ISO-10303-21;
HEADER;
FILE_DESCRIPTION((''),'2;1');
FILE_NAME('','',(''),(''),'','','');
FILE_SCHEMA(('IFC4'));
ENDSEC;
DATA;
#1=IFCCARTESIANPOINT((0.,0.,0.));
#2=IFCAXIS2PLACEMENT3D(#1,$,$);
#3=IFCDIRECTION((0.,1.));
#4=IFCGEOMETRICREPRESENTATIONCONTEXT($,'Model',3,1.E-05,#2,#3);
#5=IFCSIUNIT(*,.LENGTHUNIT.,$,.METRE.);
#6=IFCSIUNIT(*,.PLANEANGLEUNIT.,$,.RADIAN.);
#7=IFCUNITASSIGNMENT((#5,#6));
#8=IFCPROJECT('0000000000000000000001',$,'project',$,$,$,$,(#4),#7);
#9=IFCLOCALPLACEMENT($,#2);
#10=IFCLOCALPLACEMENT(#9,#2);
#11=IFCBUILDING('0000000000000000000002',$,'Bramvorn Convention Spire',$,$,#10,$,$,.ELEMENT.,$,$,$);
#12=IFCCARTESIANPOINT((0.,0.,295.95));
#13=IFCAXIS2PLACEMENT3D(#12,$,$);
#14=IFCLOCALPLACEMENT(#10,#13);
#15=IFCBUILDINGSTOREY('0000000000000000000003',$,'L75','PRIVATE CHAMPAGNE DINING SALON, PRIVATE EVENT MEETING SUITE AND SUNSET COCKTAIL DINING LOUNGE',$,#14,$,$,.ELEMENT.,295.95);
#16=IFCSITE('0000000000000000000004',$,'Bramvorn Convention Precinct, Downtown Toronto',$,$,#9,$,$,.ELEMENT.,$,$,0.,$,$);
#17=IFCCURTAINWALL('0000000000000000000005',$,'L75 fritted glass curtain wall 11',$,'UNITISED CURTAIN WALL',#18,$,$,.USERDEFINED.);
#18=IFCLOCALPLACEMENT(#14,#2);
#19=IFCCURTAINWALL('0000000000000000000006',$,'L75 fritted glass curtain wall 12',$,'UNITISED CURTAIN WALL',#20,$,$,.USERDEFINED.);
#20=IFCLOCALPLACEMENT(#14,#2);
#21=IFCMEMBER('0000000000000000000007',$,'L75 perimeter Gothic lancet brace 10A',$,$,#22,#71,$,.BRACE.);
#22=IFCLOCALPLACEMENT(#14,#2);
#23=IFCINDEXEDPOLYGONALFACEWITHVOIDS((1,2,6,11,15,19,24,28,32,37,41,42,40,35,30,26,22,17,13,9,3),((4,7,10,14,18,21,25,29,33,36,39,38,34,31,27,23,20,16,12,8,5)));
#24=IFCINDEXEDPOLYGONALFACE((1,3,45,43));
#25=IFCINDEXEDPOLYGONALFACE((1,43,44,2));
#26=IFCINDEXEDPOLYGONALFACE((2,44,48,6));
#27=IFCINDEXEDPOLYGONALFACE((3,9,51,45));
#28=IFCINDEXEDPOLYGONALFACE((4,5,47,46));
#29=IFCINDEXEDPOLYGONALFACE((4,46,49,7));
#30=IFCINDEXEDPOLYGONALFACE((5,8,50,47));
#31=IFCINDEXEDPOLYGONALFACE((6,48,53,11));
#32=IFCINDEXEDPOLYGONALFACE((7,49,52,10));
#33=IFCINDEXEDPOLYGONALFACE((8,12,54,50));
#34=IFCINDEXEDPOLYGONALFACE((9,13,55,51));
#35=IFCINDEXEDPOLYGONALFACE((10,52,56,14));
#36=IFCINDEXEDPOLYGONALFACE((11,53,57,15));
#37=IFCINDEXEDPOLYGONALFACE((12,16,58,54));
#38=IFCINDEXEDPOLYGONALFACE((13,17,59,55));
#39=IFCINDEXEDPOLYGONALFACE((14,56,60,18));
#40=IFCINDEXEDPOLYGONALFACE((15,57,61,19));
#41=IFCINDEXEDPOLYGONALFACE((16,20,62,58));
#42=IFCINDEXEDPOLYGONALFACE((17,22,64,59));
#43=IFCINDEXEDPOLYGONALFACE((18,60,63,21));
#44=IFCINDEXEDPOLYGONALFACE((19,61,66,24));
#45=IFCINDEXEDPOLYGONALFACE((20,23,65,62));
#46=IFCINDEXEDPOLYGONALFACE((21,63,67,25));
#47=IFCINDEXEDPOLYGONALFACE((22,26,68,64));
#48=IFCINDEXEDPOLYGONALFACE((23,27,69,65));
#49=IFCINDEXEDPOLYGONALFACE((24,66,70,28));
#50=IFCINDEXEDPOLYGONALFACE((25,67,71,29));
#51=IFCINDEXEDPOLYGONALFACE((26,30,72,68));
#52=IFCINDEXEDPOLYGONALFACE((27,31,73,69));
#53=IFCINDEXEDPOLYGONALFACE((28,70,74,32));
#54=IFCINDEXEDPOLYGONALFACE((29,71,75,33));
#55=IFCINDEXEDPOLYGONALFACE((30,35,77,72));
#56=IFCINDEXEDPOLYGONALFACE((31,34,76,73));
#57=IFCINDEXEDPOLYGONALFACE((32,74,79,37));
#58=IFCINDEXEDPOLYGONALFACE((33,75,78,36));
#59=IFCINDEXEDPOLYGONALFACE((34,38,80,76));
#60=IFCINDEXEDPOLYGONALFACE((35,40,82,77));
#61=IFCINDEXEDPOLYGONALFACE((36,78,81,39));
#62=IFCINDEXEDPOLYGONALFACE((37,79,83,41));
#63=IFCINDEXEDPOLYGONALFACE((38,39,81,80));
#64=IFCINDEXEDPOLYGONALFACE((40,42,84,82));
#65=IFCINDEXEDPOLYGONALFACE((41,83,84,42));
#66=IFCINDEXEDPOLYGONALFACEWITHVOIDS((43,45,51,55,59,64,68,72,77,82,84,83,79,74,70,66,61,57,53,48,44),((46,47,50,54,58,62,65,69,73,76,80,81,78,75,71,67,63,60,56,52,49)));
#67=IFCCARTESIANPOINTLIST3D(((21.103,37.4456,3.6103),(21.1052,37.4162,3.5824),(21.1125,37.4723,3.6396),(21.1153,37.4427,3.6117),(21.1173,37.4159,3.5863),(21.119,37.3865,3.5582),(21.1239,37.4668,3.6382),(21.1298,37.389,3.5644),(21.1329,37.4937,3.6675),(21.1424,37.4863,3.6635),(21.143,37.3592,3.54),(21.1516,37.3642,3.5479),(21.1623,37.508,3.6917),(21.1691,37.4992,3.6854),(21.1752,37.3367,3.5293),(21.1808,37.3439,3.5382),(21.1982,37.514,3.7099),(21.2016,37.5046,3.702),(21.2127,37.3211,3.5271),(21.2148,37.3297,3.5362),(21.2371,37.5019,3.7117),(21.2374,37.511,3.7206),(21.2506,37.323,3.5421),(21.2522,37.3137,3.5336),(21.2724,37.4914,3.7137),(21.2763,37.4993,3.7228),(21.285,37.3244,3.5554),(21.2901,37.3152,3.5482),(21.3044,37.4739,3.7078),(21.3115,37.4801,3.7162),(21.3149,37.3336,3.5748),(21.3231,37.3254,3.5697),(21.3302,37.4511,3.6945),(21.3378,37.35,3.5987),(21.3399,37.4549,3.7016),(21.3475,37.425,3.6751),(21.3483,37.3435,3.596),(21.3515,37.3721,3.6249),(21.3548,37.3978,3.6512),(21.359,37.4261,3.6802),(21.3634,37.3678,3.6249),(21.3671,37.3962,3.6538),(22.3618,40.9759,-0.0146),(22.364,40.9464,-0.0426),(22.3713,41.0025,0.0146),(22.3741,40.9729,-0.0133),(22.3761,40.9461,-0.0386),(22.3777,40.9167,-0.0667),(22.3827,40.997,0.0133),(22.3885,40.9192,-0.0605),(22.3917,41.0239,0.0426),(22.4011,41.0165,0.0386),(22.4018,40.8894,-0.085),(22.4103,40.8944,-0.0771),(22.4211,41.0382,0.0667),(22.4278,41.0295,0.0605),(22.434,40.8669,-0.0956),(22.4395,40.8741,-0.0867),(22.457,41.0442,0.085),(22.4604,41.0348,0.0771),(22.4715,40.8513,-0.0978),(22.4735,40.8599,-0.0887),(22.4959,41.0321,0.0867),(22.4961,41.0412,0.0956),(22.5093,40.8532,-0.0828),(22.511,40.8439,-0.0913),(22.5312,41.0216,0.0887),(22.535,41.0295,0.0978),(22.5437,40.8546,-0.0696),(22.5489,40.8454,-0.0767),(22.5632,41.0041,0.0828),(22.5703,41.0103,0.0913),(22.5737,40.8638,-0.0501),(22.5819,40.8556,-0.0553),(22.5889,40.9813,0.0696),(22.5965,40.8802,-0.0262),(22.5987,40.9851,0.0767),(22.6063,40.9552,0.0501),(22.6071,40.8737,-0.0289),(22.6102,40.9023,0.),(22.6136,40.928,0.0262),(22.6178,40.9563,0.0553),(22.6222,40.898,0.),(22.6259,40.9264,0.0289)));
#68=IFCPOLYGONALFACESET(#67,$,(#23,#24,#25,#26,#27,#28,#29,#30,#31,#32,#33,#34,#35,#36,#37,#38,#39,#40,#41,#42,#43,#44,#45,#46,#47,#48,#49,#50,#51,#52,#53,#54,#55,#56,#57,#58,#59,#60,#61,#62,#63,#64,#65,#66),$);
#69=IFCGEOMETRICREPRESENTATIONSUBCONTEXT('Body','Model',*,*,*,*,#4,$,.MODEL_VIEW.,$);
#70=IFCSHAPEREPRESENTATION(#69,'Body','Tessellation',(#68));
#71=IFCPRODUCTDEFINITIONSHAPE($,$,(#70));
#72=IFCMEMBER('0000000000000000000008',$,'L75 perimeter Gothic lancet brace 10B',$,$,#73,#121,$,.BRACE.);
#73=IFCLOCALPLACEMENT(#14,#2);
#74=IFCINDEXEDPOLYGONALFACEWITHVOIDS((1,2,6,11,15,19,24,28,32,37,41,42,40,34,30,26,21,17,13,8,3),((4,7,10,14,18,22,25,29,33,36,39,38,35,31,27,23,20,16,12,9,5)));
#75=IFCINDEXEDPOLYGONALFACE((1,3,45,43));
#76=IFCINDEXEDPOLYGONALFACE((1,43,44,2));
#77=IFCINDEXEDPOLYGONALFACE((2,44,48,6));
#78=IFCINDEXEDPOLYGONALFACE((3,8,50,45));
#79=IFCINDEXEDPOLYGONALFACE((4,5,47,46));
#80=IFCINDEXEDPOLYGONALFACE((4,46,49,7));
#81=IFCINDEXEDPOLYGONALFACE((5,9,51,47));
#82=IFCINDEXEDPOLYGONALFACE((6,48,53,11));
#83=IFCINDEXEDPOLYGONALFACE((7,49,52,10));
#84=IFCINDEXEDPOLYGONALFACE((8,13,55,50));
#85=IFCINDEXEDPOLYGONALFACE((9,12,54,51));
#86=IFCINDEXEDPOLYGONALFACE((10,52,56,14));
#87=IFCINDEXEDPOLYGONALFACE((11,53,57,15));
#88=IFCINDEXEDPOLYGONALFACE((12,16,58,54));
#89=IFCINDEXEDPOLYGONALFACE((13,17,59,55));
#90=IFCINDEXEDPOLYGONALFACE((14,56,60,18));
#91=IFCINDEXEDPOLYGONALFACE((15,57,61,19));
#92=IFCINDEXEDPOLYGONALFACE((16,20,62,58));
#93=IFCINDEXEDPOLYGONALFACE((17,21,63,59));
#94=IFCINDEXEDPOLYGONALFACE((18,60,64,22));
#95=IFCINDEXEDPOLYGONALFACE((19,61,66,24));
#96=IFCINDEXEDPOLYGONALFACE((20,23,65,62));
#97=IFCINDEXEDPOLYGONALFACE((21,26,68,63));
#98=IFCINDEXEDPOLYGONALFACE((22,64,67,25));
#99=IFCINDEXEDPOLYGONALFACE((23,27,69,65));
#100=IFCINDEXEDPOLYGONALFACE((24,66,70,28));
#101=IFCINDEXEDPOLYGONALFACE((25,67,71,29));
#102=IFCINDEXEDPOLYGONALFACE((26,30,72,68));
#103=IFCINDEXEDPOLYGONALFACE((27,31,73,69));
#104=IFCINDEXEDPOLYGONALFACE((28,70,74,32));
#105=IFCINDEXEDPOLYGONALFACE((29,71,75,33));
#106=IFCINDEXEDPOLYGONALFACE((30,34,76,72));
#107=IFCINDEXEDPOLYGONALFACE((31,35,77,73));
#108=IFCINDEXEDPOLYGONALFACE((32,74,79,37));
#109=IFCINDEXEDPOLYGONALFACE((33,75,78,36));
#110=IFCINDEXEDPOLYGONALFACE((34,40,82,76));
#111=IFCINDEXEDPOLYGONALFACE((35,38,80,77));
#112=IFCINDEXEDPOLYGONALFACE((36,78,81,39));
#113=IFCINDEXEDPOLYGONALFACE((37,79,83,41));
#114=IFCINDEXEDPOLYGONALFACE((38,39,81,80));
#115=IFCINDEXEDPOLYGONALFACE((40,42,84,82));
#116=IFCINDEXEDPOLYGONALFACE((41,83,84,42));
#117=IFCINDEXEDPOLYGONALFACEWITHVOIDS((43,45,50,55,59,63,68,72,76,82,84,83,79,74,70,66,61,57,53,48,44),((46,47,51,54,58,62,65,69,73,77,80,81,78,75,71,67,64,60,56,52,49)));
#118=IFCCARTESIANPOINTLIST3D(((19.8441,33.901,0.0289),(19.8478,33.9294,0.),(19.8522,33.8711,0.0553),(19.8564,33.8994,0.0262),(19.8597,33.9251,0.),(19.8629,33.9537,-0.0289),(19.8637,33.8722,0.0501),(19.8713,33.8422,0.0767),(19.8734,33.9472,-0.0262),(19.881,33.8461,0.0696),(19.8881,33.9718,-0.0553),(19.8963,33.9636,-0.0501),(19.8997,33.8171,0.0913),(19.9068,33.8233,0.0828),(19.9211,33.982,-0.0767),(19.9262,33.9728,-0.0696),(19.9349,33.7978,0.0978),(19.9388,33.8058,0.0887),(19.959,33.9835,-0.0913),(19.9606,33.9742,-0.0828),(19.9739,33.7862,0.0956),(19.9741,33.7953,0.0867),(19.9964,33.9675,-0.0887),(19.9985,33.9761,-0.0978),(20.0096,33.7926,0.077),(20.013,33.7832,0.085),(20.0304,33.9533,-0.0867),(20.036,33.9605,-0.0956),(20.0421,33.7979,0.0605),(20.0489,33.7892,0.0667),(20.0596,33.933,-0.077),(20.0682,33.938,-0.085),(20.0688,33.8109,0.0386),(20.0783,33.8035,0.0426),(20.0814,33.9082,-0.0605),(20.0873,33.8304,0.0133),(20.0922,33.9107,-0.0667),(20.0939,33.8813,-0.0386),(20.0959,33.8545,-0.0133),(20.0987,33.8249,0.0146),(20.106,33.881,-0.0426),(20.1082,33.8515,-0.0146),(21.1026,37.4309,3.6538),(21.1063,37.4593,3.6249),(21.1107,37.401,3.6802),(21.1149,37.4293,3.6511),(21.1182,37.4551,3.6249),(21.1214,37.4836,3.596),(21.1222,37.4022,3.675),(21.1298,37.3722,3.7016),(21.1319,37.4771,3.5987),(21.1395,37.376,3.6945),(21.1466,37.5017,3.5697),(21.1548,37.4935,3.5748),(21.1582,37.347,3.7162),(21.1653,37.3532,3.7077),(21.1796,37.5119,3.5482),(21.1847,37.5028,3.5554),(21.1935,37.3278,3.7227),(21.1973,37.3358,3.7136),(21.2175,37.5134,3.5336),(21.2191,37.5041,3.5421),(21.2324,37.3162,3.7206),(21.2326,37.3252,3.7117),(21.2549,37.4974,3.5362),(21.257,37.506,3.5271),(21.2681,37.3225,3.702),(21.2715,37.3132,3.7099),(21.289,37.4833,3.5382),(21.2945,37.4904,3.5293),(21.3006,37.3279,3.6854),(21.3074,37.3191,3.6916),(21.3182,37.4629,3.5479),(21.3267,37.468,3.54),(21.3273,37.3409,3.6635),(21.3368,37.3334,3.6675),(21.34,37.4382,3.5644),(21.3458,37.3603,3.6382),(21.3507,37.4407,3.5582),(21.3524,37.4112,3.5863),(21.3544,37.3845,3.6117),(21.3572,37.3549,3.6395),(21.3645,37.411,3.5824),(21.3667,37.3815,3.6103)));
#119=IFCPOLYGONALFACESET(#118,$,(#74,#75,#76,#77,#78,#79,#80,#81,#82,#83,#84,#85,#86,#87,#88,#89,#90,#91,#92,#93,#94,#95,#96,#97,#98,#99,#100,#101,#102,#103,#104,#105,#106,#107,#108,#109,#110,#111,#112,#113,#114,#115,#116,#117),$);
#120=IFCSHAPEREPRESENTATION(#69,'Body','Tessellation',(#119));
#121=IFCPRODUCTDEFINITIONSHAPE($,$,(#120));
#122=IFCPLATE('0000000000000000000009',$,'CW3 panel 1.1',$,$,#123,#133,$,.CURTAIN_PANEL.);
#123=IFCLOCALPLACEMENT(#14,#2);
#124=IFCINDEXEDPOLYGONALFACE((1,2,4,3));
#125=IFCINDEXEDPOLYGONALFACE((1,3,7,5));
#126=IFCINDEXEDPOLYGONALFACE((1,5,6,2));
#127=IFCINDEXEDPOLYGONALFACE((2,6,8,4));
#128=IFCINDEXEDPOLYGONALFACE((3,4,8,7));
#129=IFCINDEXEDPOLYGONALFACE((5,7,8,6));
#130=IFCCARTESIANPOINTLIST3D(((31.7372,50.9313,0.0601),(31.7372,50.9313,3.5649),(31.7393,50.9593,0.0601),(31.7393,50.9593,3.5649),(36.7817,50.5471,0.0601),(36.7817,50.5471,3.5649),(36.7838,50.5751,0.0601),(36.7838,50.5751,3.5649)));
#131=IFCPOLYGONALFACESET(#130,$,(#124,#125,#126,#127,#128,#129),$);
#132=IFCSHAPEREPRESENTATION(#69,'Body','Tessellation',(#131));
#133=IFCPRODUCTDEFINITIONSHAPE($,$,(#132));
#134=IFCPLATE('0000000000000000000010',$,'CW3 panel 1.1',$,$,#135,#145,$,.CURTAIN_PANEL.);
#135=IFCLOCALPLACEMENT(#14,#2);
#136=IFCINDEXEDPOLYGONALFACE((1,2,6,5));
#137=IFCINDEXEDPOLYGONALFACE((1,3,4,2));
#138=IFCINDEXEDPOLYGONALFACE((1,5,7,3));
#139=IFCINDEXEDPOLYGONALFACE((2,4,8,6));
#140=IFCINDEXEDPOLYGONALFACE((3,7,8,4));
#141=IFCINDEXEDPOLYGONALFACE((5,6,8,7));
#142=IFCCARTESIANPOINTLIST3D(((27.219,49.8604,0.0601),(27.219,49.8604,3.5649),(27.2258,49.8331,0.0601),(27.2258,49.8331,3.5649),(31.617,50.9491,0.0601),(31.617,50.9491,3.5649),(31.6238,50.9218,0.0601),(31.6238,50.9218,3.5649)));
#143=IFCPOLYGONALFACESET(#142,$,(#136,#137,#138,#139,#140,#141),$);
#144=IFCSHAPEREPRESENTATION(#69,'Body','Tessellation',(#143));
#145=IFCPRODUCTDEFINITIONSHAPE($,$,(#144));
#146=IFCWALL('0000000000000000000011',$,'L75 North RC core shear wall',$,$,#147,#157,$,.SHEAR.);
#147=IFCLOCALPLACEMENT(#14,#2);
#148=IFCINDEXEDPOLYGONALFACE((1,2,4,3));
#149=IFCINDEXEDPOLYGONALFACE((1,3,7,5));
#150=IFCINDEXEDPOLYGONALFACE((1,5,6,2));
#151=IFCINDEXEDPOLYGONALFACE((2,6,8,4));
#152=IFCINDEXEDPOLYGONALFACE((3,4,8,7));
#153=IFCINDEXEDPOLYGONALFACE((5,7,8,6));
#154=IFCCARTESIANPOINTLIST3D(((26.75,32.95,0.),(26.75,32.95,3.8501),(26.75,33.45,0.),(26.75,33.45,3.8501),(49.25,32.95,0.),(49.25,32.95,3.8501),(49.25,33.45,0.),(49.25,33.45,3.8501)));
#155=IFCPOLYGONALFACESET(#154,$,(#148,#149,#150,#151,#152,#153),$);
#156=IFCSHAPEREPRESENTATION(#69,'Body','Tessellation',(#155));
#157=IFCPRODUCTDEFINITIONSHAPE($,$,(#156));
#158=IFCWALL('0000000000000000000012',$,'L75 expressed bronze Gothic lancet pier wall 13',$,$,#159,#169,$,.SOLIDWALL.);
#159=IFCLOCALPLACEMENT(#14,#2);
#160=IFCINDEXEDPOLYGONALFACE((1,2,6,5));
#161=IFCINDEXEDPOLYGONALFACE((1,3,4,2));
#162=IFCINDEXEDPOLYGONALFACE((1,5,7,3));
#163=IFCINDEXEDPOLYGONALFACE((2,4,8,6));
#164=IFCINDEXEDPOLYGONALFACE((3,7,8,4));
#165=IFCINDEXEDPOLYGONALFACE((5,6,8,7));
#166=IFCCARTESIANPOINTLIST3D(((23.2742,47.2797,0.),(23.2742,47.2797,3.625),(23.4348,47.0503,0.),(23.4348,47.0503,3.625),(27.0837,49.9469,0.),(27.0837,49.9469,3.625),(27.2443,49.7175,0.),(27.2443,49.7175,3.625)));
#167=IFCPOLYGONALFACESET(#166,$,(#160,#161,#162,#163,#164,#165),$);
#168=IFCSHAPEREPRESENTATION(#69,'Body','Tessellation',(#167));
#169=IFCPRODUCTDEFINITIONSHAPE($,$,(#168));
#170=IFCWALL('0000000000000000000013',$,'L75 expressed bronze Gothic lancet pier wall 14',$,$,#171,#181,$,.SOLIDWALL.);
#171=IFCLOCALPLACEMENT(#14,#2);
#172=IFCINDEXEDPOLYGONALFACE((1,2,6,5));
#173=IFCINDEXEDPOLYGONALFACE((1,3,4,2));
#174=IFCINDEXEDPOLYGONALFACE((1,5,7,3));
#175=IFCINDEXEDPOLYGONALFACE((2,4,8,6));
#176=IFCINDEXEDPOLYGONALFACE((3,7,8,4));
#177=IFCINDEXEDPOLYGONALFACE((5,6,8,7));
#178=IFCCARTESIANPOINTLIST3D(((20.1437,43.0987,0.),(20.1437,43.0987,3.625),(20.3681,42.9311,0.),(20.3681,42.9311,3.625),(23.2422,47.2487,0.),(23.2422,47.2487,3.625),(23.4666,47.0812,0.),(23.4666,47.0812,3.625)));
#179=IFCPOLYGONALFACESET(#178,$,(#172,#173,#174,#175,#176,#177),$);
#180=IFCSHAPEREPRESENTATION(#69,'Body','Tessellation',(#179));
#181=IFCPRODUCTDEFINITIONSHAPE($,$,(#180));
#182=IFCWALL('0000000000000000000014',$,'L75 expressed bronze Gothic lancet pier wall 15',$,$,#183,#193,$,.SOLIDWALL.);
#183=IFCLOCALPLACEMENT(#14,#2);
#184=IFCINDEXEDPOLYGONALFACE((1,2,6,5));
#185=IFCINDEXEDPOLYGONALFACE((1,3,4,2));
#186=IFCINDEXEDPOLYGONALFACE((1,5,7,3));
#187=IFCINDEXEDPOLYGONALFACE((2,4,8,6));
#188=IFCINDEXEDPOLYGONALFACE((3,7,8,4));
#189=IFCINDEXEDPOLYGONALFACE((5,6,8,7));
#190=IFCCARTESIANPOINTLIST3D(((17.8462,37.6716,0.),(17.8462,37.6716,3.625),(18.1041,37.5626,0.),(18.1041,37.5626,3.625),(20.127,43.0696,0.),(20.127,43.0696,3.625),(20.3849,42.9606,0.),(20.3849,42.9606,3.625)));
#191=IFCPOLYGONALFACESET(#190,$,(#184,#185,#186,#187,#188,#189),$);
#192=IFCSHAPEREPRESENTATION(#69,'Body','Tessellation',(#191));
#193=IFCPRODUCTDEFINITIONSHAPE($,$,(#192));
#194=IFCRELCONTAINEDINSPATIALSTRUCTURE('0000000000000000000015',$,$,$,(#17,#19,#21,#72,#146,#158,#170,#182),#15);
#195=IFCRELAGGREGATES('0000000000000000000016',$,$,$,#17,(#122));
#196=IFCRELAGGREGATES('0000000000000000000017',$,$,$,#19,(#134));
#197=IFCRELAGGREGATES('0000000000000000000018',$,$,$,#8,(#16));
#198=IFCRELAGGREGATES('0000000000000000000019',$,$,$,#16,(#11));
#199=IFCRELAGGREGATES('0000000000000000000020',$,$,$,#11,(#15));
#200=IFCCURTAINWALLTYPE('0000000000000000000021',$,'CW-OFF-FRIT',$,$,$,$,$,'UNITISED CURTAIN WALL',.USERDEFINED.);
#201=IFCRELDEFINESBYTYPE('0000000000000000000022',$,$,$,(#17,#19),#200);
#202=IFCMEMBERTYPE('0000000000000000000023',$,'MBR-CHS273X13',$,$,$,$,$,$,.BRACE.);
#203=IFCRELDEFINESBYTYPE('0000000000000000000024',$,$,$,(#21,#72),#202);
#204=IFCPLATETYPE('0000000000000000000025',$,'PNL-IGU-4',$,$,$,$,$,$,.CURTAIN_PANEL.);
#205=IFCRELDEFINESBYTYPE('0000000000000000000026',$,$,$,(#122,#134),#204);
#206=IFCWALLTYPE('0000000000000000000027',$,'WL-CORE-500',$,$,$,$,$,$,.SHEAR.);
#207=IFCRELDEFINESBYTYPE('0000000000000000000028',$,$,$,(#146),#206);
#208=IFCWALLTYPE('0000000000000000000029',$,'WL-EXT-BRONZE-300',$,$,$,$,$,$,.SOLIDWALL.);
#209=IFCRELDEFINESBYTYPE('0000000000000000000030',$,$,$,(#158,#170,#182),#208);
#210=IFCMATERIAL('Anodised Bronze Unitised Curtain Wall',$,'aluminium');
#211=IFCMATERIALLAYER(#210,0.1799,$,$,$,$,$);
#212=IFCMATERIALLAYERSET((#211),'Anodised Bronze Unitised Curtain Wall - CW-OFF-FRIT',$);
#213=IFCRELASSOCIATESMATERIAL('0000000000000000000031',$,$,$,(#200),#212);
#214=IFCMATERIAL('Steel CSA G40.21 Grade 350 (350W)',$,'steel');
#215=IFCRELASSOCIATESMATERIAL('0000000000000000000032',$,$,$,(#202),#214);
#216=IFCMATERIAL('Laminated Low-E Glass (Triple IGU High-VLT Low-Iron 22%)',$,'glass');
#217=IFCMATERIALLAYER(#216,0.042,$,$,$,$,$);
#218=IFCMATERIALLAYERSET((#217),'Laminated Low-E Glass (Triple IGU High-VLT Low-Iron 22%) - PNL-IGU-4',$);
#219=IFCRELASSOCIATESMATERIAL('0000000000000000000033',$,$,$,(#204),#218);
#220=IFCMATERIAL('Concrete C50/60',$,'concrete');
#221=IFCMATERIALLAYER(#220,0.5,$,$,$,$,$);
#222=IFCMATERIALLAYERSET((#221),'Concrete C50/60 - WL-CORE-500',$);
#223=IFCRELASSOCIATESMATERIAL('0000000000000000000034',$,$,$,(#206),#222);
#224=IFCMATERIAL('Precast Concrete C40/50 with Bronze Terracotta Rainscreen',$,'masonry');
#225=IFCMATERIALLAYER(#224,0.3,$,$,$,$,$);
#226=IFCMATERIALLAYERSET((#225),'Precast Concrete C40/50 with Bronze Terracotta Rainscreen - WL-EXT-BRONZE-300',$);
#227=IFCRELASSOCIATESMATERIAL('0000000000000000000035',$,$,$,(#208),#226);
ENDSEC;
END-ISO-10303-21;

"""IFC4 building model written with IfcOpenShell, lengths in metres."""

from ifc_helpers import new_model, si_unit, direction, frame, frame_2d, origin, origin_2d, place, context, subcontext, project, spatial, rectangle, hollow_circle, extrude, material, layer, layer_set, material_profile, profile_set, type_object, element, aggregate, save


model = new_model("IFC4")

# Units and contexts
model_context = context("Model", 3, precision=1e-05, world=origin(), true_north=direction((0.0, 1.0)))
body_context = subcontext(model_context, "Body", "Model", "MODEL_VIEW")
ifc_project = project(units=[si_unit("LENGTHUNIT", "METRE"), si_unit("PLANEANGLEUNIT", "RADIAN")], contexts=[model_context])

# Site, building, storey
site_placement = place(None, origin())
site = spatial("IfcSite", under=ifc_project, at=site_placement, Name="Bramvorn Convention Precinct, Downtown Toronto", CompositionType="ELEMENT", RefElevation=0.0)
building_placement = place(site_placement, origin())
building = spatial("IfcBuilding", under=site, at=building_placement, Name="Bramvorn Convention Spire", CompositionType="ELEMENT")
storey_placement = place(building_placement, frame((0.0, 0.0, 295.95)))
storey = spatial("IfcBuildingStorey", under=building, at=storey_placement, Name="L75", Description="PRIVATE CHAMPAGNE DINING SALON, PRIVATE EVENT MEETING SUITE AND SUNSET COCKTAIL DINING LOUNGE", CompositionType="ELEMENT", Elevation=295.95)

# Shared definitions
ifc_material_1 = material(Name="Steel CSA G40.21 Grade 350 (350W)", Category="steel")

# Curtain wall
ifc_material_2 = material(Name="Anodised Bronze Unitised Curtain Wall", Category="aluminium")
ifc_layer_1 = layer(ifc_material_2, 0.1799)
ifc_layer_set_1 = layer_set([ifc_layer_1], Name="Anodised Bronze Unitised Curtain Wall - CW-OFF-FRIT")
curtain_wall_type = type_object("IfcCurtainWallType", Name="CW-OFF-FRIT", ElementType="UNITISED CURTAIN WALL", PredefinedType="USERDEFINED", material=ifc_layer_set_1)
curtain_wall_1_placement = place(storey_placement, origin())
curtain_wall_1 = element("IfcCurtainWall", 1, at=curtain_wall_1_placement, inside=storey, type_object=curtain_wall_type, Name="L75 fritted glass curtain wall 11", ObjectType="UNITISED CURTAIN WALL", PredefinedType="USERDEFINED")

# Curtain wall
curtain_wall_2_placement = place(storey_placement, origin())
curtain_wall_2 = element("IfcCurtainWall", 2, at=curtain_wall_2_placement, inside=storey, type_object=curtain_wall_type, Name="L75 fritted glass curtain wall 12", ObjectType="UNITISED CURTAIN WALL", PredefinedType="USERDEFINED")

# Members
ifc_material_profile_1 = material_profile(ifc_material_1, hollow_circle(Radius=0.1365, WallThickness=0.0127, at=origin_2d()))
ifc_profile_set_1 = profile_set([ifc_material_profile_1], Name="Steel CSA G40.21 Grade 350 (350W) - CHS273X13")
member_type_1 = type_object("IfcMemberType", Name="MBR-CHS273X13", PredefinedType="BRACE", material=ifc_profile_set_1)
member_1_placement = place(storey_placement, frame((22.4937, 40.9438, 0.0), z_axis=(-0.241415, -0.677048, 0.695215), x_axis=(0.941913, -0.335858, 0.0)))
element("IfcMember", 3, at=member_1_placement, inside=storey, type_object=member_type_1, Name="L75 perimeter Gothic lancet brace 10A", PredefinedType="BRACE", context=body_context, shape_type="SweptSolid", body=[
    extrude(hollow_circle(Radius=0.1365, WallThickness=0.0127, at=origin_2d()), origin(), (0.0, 0.0, 1.0), 5.2141),
])
member_2_placement = place(storey_placement, frame((19.9763, 33.8835, 0.0), z_axis=(0.241379, 0.677031, 0.695245), x_axis=(-0.941926, 0.33582, 0.0)))
element("IfcMember", 4, at=member_2_placement, inside=storey, type_object=member_type_1, Name="L75 perimeter Gothic lancet brace 10B", PredefinedType="BRACE", context=body_context, shape_type="SweptSolid", body=[
    extrude(hollow_circle(Radius=0.1365, WallThickness=0.0127, at=origin_2d()), origin(), (0.0, 0.0, 1.0), 5.2139),
])

# Plates
ifc_material_3 = material(Name="Laminated Low-E Glass (Triple IGU High-VLT Low-Iron 22%)", Category="glass")
ifc_layer_2 = layer(ifc_material_3, 0.042)
ifc_layer_set_2 = layer_set([ifc_layer_2], Name="Laminated Low-E Glass (Triple IGU High-VLT Low-Iron 22%) - PNL-IGU-4")
plate_type = type_object("IfcPlateType", Name="PNL-IGU-4", PredefinedType="CURTAIN_PANEL", material=ifc_layer_set_2)
plate_1_placement = place(storey_placement, frame((34.2605, 50.7532, 0.0601), z_axis=(0.0, 0.0, 1.0), x_axis=(0.997112, -0.075939, 0.0)))
plate_1 = element("IfcPlate", 5, at=plate_1_placement, type_object=plate_type, Name="CW3 panel 1.1", PredefinedType="CURTAIN_PANEL", context=body_context, shape_type="SweptSolid", body=[
    extrude(rectangle(XDim=5.0591, YDim=0.0281, at=origin_2d()), origin(), (0.0, 0.0, 1.0), 3.5049),
])
aggregate(curtain_wall_1, [plate_1])
plate_2_placement = place(storey_placement, frame((29.4214, 50.3911, 0.0601), z_axis=(0.0, 0.0, 1.0), x_axis=(0.970701, 0.240289, 0.0)))
plate_2 = element("IfcPlate", 6, at=plate_2_placement, type_object=plate_type, Name="CW3 panel 1.1", PredefinedType="CURTAIN_PANEL", context=body_context, shape_type="SweptSolid", body=[
    extrude(rectangle(XDim=4.5308, YDim=0.0281, at=origin_2d()), origin(), (0.0, 0.0, 1.0), 3.5049),
])
aggregate(curtain_wall_2, [plate_2])

# Walls
ifc_material_4 = material(Name="Concrete C50/60", Category="concrete")
ifc_layer_3 = layer(ifc_material_4, 0.5)
ifc_layer_set_3 = layer_set([ifc_layer_3], Name="Concrete C50/60 - WL-CORE-500")
wall_type_1 = type_object("IfcWallType", Name="WL-CORE-500", PredefinedType="SHEAR", material=ifc_layer_set_3)
wall_1_placement = place(storey_placement, frame((26.75, 33.2, 0.0), z_axis=(0.0, 0.0, 1.0), x_axis=(1.0, 0.0, 0.0)))
element("IfcWall", 7, at=wall_1_placement, inside=storey, type_object=wall_type_1, Name="L75 North RC core shear wall", PredefinedType="SHEAR", context=body_context, shape_type="SweptSolid", body=[
    extrude(rectangle(XDim=22.5, YDim=0.5, at=frame_2d((11.25, 0.0))), origin(), (0.0, 0.0, 1.0), 3.8501),
])
ifc_material_5 = material(Name="Precast Concrete C40/50 with Bronze Terracotta Rainscreen", Category="masonry")
ifc_layer_4 = layer(ifc_material_5, 0.3)
ifc_layer_set_4 = layer_set([ifc_layer_4], Name="Precast Concrete C40/50 with Bronze Terracotta Rainscreen - WL-EXT-BRONZE-300")
wall_type_2 = type_object("IfcWallType", Name="WL-EXT-BRONZE-300", PredefinedType="SOLIDWALL", material=ifc_layer_set_4)
wall_2_placement = place(storey_placement, frame((23.3545, 47.165, 0.0), z_axis=(0.0, 0.0, 1.0), x_axis=(0.819178, 0.57354, 0.0)))
element("IfcWall", 8, at=wall_2_placement, inside=storey, type_object=wall_type_2, Name="L75 expressed bronze Gothic lancet pier wall 13", PredefinedType="SOLIDWALL", context=body_context, shape_type="SweptSolid", body=[
    extrude(rectangle(XDim=4.6504, YDim=0.28, at=frame_2d((2.3252, 0.0))), origin(), (0.0, 0.0, 1.0), 3.625),
])
wall_3_placement = place(storey_placement, frame((20.2559, 43.0149, 0.0), z_axis=(0.0, 0.0, 1.0), x_axis=(0.598271, 0.801293, 0.0)))
element("IfcWall", 9, at=wall_3_placement, inside=storey, type_object=wall_type_2, Name="L75 expressed bronze Gothic lancet pier wall 14", PredefinedType="SOLIDWALL", context=body_context, shape_type="SweptSolid", body=[
    extrude(rectangle(XDim=5.1792, YDim=0.28, at=frame_2d((2.5896, 0.0))), origin(), (0.0, 0.0, 1.0), 3.625),
])
wall_4_placement = place(storey_placement, frame((17.9751, 37.6169, 0.0), z_axis=(0.0, 0.0, 1.0), x_axis=(0.389208, 0.92115, 0.0)))
element("IfcWall", 10, at=wall_4_placement, inside=storey, type_object=wall_type_2, Name="L75 expressed bronze Gothic lancet pier wall 15", PredefinedType="SOLIDWALL", context=body_context, shape_type="SweptSolid", body=[
    extrude(rectangle(XDim=5.8601, YDim=0.28, at=frame_2d((2.9302, 0.0))), origin(), (0.0, 0.0, 1.0), 3.625),
])

save(model, "model.ifc")
